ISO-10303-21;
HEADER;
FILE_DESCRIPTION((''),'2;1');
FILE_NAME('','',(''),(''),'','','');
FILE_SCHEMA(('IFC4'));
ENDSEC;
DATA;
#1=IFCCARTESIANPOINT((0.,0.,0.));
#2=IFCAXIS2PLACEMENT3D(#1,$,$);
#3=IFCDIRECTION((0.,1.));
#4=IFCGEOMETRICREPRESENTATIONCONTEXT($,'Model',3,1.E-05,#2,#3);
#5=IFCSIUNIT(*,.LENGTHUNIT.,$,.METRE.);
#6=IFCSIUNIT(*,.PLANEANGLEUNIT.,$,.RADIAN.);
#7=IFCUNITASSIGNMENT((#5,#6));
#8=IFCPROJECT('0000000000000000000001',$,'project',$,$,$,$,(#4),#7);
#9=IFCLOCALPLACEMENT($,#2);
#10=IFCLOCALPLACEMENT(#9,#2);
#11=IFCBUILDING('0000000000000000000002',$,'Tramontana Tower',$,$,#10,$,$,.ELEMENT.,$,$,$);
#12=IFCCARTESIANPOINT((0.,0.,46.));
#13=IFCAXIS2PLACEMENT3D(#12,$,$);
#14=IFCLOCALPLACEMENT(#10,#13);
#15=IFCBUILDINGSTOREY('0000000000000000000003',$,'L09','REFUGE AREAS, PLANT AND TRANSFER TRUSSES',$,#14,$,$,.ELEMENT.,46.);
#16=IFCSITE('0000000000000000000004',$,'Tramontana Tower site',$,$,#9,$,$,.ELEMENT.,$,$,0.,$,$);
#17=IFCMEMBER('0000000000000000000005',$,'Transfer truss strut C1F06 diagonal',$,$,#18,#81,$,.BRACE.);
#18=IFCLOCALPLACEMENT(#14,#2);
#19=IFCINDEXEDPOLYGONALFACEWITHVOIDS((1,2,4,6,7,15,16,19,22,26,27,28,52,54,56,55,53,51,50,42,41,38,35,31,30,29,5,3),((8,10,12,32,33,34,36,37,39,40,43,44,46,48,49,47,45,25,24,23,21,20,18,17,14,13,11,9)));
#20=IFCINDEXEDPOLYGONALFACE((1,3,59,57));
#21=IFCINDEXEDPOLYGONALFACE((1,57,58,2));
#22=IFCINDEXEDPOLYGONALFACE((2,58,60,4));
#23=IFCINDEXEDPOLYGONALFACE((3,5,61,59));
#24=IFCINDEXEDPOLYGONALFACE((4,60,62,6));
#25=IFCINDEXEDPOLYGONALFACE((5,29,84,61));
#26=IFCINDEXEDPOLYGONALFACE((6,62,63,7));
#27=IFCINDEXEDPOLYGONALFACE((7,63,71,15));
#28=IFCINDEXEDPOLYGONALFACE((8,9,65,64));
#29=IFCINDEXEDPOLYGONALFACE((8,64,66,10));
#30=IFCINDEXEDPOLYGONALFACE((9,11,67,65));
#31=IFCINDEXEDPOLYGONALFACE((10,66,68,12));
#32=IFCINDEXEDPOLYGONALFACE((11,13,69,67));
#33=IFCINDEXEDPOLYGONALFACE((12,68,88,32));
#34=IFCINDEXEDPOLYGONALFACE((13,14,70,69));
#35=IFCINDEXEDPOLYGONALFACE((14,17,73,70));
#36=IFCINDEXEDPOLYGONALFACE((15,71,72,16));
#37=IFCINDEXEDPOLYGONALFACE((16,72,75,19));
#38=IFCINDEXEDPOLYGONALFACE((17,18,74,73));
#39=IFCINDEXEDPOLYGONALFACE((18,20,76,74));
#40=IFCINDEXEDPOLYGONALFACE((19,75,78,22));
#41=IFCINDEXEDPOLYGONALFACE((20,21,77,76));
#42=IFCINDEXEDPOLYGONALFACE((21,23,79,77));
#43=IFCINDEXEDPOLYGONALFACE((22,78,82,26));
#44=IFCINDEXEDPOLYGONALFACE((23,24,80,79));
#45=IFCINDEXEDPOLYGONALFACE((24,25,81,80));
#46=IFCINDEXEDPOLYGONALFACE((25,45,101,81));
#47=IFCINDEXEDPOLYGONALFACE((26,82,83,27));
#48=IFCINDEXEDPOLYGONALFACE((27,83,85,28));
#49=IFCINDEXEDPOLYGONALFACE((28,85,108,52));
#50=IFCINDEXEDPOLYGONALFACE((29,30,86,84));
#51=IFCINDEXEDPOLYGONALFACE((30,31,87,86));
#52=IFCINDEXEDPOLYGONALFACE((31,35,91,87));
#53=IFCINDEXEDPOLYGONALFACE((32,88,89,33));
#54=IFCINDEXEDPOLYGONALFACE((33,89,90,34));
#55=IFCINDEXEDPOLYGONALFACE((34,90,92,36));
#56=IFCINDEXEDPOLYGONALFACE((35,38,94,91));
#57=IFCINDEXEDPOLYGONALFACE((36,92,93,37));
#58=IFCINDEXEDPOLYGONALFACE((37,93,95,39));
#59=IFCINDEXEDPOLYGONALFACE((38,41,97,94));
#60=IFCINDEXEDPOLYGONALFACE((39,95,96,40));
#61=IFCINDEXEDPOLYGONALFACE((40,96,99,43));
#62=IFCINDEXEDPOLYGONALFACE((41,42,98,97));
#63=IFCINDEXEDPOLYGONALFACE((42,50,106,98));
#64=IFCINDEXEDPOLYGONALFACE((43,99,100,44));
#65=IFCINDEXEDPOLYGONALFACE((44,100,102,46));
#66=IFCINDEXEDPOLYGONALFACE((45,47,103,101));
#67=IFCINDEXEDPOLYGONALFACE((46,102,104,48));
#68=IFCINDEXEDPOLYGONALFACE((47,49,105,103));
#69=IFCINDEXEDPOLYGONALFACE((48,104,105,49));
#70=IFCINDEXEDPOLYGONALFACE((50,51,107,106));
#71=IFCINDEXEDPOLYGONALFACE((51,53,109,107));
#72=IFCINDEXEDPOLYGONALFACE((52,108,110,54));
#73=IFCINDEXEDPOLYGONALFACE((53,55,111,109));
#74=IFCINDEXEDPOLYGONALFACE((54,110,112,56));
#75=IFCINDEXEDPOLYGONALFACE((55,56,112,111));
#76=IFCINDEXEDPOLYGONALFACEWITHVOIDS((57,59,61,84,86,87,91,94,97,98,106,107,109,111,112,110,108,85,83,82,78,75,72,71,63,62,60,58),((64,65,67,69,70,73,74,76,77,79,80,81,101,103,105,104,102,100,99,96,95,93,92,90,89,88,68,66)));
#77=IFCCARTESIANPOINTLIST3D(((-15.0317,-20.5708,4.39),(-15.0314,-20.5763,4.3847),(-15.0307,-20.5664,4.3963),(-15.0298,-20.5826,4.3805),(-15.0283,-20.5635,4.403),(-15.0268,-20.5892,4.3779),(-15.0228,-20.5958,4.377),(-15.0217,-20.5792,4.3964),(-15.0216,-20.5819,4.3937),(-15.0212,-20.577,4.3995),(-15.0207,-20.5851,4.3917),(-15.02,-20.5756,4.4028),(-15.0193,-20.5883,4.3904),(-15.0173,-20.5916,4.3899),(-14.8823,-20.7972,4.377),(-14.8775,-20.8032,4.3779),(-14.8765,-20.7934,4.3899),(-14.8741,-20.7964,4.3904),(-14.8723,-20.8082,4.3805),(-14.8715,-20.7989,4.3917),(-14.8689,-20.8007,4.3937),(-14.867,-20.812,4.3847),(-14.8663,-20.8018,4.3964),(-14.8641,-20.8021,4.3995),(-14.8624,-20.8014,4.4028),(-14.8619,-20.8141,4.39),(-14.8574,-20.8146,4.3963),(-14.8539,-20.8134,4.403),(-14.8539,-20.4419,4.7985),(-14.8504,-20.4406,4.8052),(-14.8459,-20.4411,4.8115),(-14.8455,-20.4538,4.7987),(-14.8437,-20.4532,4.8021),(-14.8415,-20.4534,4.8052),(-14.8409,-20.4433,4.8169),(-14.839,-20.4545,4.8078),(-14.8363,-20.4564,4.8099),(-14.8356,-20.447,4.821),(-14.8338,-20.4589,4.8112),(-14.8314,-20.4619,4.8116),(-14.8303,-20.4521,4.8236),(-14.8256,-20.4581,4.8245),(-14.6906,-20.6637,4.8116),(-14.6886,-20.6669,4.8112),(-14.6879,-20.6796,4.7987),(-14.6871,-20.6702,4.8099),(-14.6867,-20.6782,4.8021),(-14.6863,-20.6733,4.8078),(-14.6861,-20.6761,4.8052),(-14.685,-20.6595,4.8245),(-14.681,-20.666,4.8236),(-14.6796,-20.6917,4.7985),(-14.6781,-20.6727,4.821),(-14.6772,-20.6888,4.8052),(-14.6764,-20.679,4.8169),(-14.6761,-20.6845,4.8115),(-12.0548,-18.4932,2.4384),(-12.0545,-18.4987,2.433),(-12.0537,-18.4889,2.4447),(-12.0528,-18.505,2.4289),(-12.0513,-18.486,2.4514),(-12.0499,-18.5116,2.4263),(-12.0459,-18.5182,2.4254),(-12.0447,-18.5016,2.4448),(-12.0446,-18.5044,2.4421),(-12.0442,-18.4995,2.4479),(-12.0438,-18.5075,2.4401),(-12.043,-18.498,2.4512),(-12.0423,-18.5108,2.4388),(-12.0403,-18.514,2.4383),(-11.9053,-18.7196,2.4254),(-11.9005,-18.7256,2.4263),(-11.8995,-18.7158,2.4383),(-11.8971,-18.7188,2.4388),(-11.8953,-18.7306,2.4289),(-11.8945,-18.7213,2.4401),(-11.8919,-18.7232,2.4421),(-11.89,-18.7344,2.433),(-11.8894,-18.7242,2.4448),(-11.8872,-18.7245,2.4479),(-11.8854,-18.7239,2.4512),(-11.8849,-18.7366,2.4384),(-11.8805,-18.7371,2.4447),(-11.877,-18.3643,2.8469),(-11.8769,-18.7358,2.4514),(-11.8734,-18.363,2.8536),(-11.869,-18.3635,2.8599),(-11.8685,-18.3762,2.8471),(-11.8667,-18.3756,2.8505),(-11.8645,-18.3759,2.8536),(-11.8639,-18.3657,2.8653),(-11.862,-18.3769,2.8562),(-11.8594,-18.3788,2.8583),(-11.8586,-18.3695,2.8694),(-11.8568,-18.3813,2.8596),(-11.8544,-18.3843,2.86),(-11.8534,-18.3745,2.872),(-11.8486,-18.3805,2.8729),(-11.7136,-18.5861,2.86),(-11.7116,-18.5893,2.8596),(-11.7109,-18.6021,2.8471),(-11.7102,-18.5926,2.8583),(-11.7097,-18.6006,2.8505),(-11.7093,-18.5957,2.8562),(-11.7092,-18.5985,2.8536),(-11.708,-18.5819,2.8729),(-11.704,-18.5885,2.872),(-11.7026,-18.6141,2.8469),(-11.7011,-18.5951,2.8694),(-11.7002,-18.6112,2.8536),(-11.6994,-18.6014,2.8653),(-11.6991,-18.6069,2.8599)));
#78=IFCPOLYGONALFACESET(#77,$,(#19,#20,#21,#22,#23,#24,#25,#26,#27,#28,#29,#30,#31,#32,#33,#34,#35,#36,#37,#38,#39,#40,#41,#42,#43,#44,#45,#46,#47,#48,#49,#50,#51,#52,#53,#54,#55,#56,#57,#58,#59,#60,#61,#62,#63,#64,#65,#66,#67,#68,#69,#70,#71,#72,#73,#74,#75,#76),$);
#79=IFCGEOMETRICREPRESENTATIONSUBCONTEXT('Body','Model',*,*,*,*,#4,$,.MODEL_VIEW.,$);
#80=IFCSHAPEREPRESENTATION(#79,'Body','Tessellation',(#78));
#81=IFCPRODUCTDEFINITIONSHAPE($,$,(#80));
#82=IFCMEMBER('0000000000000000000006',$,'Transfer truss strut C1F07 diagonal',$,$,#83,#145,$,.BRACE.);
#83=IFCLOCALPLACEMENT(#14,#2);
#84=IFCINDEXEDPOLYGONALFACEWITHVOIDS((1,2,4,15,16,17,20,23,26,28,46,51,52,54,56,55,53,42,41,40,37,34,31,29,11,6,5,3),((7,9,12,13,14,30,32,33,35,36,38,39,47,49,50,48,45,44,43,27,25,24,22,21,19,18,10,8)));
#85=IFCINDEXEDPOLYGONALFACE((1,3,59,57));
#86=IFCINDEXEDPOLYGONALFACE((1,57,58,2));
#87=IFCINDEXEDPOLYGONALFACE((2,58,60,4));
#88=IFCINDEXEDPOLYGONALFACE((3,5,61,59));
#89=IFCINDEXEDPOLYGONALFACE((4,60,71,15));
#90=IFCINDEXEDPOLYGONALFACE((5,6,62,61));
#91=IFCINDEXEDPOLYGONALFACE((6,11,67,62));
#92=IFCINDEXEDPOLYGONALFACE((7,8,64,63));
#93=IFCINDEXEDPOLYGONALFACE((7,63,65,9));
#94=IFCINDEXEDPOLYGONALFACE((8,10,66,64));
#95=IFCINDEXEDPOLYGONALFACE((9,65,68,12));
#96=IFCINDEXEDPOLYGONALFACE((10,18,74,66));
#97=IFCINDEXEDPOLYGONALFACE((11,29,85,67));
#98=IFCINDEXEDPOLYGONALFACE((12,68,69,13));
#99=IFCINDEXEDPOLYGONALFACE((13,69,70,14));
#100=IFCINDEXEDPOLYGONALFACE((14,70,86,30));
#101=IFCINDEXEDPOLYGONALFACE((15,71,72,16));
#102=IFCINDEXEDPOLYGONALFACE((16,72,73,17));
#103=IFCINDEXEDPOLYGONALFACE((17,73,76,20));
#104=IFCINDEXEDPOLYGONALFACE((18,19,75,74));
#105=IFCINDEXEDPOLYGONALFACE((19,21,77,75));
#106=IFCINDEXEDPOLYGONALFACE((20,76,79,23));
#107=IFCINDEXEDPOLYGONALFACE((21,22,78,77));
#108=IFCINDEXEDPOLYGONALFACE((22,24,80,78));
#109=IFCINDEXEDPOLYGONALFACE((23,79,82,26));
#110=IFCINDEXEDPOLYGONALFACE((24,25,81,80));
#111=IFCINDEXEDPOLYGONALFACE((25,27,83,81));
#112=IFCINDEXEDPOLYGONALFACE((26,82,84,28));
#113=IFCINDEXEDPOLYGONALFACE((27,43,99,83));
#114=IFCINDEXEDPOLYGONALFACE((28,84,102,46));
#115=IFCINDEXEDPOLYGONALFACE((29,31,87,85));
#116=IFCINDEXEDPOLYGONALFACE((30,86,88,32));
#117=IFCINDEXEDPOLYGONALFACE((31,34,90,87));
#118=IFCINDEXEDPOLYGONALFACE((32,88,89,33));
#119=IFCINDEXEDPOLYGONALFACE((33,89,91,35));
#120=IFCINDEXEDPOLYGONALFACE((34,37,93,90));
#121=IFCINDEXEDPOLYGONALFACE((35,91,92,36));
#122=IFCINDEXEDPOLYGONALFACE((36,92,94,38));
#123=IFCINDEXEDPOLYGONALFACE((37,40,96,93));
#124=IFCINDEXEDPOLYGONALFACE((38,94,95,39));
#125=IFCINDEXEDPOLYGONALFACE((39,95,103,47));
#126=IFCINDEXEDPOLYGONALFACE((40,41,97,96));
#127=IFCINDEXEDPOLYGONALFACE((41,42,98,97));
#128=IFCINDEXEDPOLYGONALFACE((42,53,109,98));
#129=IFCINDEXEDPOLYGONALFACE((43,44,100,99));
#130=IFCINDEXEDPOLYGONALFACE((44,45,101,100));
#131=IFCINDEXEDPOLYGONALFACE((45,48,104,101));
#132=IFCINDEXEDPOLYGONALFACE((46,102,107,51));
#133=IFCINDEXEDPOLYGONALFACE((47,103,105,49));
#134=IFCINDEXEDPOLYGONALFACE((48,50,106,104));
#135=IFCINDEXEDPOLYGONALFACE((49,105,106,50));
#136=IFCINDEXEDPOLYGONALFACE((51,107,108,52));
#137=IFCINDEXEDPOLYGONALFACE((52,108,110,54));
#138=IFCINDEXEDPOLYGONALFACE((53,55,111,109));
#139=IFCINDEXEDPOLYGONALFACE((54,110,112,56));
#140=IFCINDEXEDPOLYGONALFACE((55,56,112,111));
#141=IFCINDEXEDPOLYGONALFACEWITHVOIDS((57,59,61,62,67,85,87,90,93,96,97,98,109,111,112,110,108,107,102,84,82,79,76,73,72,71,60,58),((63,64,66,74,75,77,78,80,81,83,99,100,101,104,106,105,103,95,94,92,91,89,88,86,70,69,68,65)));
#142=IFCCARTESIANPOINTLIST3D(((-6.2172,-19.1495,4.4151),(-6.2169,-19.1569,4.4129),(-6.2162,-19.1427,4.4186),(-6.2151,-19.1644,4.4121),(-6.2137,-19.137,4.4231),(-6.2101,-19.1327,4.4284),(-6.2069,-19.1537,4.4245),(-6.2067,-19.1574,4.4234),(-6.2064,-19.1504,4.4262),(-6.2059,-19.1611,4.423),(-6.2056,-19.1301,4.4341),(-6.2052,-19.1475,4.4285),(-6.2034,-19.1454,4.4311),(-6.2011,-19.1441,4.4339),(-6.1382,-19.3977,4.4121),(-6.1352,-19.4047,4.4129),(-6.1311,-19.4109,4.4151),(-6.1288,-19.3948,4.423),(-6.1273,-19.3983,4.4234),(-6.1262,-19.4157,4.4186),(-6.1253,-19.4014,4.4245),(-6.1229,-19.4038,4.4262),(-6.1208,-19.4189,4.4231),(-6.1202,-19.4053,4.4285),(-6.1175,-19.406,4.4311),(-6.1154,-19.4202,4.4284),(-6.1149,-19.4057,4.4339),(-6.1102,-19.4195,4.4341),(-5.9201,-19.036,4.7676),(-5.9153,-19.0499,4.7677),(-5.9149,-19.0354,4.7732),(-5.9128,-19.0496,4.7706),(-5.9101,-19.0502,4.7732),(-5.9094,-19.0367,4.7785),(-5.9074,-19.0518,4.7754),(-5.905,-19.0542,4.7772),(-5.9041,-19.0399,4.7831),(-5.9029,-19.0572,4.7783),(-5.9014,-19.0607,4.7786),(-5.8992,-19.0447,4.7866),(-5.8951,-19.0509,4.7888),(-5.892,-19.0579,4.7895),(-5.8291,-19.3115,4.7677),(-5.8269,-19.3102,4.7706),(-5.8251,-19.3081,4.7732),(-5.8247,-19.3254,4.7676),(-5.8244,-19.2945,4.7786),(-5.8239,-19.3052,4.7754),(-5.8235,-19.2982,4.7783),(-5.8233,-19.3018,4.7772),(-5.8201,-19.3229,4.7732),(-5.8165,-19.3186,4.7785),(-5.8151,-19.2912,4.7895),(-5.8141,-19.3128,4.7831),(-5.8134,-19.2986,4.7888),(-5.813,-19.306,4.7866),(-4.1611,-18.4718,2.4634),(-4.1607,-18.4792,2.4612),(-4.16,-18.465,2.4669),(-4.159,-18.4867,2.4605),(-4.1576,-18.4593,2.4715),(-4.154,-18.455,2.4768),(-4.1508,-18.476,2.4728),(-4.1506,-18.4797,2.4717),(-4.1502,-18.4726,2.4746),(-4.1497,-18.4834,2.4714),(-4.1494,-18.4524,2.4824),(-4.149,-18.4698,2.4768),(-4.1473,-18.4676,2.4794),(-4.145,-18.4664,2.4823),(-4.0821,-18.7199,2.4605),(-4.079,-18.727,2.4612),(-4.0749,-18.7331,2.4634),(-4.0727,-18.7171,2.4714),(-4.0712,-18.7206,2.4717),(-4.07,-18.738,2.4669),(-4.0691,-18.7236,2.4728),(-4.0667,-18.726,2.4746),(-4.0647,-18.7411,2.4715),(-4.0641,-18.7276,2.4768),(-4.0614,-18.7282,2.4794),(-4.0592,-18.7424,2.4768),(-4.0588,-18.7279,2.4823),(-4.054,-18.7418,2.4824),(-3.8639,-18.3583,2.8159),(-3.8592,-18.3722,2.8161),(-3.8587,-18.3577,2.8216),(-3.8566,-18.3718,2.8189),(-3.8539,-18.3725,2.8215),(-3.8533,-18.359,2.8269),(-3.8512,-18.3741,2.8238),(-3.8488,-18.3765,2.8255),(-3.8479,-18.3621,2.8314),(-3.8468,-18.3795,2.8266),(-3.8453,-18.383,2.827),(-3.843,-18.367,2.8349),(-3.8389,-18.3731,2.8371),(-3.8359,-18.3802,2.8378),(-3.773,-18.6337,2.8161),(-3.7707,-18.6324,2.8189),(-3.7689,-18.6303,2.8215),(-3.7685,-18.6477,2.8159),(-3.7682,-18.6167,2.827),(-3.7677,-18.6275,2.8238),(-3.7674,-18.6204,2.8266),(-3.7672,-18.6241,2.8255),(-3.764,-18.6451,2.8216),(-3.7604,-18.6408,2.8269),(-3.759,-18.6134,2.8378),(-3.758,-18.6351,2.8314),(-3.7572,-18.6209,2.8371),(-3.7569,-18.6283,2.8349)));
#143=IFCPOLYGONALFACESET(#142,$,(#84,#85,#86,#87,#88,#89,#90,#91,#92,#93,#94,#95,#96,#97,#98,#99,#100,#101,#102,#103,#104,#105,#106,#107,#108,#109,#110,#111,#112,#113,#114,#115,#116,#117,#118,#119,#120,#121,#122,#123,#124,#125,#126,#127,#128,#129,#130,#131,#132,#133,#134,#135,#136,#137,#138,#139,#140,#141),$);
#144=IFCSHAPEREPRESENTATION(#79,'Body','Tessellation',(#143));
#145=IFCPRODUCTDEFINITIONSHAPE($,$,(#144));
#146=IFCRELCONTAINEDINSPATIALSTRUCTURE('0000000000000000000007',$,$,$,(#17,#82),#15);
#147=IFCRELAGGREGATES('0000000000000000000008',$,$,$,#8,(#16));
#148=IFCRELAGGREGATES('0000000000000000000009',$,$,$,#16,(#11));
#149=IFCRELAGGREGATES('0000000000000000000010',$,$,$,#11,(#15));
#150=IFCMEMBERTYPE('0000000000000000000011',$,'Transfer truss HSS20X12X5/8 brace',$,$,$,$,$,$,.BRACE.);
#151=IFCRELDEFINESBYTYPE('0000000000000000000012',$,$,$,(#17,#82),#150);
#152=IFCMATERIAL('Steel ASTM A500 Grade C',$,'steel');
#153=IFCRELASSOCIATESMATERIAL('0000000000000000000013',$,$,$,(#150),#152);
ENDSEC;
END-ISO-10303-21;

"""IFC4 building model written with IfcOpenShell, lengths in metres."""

from ifc_helpers import new_model, si_unit, direction, frame, origin, origin_2d, place, context, subcontext, project, spatial, hollow_rectangle, extrude, material, material_profile, profile_set, type_object, element, save


model = new_model("IFC4")

# Units and contexts
model_context = context("Model", 3, precision=1e-05, world=origin(), true_north=direction((0.0, 1.0)))
body_context = subcontext(model_context, "Body", "Model", "MODEL_VIEW")
ifc_project = project(units=[si_unit("LENGTHUNIT", "METRE"), si_unit("PLANEANGLEUNIT", "RADIAN")], contexts=[model_context])

# Site, building, storey
site_placement = place(None, origin())
site = spatial("IfcSite", under=ifc_project, at=site_placement, Name="Tramontana Tower site", CompositionType="ELEMENT", RefElevation=0.0)
building_placement = place(site_placement, origin())
building = spatial("IfcBuilding", under=site, at=building_placement, Name="Tramontana Tower", CompositionType="ELEMENT")
storey_placement = place(building_placement, frame((0.0, 0.0, 46.0)))
storey = spatial("IfcBuildingStorey", under=building, at=storey_placement, Name="L09", Description="REFUGE AREAS, PLANT AND TRANSFER TRUSSES", CompositionType="ELEMENT", Elevation=46.0)

# Members
ifc_material_1 = material(Name="Steel ASTM A500 Grade C", Category="steel")
ifc_material_profile_1 = material_profile(ifc_material_1, hollow_rectangle(XDim=0.3047, YDim=0.5081, WallThickness=0.0146, InnerFilletRadius=0.0146, OuterFilletRadius=0.0295, at=origin_2d()), Name="HSS20X12X5/8")
ifc_profile_set_1 = profile_set([ifc_material_profile_1], Name="Steel ASTM A500 Grade C")
member_type_1 = type_object("IfcMemberType", Name="Transfer truss HSS20X12X5/8 brace", PredefinedType="BRACE", material=ifc_profile_set_1)
member_1_placement = place(storey_placement, frame((-11.877, -18.55, 2.6492), z_axis=(-0.722288, -0.504073, 0.473509), x_axis=(0.572297, -0.820046, 0.0)))
element("IfcMember", 1, at=member_1_placement, inside=storey, type_object=member_type_1, Name="Transfer truss strut C1F06 diagonal", PredefinedType="BRACE", context=body_context, shape_type="SweptSolid", body=[
    extrude(hollow_rectangle(XDim=0.3047, YDim=0.5081, WallThickness=0.0146, InnerFilletRadius=0.0146, OuterFilletRadius=0.0295, at=origin_2d()), origin(), (0.0, 0.0, 1.0), 4.1216),
])
member_2_placement = place(storey_placement, frame((-3.959, -18.55, 2.6492), z_axis=(-0.705418, -0.232515, 0.669569), x_axis=(0.313046, -0.949738, 0.0)))
element("IfcMember", 2, at=member_2_placement, inside=storey, type_object=member_type_1, Name="Transfer truss strut C1F07 diagonal", PredefinedType="BRACE", context=body_context, shape_type="SweptSolid", body=[
    extrude(hollow_rectangle(XDim=0.3047, YDim=0.5081, WallThickness=0.0146, InnerFilletRadius=0.0146, OuterFilletRadius=0.0295, at=origin_2d()), origin(), (0.0, 0.0, 1.0), 2.9148),
])

save(model, "model.ifc")
